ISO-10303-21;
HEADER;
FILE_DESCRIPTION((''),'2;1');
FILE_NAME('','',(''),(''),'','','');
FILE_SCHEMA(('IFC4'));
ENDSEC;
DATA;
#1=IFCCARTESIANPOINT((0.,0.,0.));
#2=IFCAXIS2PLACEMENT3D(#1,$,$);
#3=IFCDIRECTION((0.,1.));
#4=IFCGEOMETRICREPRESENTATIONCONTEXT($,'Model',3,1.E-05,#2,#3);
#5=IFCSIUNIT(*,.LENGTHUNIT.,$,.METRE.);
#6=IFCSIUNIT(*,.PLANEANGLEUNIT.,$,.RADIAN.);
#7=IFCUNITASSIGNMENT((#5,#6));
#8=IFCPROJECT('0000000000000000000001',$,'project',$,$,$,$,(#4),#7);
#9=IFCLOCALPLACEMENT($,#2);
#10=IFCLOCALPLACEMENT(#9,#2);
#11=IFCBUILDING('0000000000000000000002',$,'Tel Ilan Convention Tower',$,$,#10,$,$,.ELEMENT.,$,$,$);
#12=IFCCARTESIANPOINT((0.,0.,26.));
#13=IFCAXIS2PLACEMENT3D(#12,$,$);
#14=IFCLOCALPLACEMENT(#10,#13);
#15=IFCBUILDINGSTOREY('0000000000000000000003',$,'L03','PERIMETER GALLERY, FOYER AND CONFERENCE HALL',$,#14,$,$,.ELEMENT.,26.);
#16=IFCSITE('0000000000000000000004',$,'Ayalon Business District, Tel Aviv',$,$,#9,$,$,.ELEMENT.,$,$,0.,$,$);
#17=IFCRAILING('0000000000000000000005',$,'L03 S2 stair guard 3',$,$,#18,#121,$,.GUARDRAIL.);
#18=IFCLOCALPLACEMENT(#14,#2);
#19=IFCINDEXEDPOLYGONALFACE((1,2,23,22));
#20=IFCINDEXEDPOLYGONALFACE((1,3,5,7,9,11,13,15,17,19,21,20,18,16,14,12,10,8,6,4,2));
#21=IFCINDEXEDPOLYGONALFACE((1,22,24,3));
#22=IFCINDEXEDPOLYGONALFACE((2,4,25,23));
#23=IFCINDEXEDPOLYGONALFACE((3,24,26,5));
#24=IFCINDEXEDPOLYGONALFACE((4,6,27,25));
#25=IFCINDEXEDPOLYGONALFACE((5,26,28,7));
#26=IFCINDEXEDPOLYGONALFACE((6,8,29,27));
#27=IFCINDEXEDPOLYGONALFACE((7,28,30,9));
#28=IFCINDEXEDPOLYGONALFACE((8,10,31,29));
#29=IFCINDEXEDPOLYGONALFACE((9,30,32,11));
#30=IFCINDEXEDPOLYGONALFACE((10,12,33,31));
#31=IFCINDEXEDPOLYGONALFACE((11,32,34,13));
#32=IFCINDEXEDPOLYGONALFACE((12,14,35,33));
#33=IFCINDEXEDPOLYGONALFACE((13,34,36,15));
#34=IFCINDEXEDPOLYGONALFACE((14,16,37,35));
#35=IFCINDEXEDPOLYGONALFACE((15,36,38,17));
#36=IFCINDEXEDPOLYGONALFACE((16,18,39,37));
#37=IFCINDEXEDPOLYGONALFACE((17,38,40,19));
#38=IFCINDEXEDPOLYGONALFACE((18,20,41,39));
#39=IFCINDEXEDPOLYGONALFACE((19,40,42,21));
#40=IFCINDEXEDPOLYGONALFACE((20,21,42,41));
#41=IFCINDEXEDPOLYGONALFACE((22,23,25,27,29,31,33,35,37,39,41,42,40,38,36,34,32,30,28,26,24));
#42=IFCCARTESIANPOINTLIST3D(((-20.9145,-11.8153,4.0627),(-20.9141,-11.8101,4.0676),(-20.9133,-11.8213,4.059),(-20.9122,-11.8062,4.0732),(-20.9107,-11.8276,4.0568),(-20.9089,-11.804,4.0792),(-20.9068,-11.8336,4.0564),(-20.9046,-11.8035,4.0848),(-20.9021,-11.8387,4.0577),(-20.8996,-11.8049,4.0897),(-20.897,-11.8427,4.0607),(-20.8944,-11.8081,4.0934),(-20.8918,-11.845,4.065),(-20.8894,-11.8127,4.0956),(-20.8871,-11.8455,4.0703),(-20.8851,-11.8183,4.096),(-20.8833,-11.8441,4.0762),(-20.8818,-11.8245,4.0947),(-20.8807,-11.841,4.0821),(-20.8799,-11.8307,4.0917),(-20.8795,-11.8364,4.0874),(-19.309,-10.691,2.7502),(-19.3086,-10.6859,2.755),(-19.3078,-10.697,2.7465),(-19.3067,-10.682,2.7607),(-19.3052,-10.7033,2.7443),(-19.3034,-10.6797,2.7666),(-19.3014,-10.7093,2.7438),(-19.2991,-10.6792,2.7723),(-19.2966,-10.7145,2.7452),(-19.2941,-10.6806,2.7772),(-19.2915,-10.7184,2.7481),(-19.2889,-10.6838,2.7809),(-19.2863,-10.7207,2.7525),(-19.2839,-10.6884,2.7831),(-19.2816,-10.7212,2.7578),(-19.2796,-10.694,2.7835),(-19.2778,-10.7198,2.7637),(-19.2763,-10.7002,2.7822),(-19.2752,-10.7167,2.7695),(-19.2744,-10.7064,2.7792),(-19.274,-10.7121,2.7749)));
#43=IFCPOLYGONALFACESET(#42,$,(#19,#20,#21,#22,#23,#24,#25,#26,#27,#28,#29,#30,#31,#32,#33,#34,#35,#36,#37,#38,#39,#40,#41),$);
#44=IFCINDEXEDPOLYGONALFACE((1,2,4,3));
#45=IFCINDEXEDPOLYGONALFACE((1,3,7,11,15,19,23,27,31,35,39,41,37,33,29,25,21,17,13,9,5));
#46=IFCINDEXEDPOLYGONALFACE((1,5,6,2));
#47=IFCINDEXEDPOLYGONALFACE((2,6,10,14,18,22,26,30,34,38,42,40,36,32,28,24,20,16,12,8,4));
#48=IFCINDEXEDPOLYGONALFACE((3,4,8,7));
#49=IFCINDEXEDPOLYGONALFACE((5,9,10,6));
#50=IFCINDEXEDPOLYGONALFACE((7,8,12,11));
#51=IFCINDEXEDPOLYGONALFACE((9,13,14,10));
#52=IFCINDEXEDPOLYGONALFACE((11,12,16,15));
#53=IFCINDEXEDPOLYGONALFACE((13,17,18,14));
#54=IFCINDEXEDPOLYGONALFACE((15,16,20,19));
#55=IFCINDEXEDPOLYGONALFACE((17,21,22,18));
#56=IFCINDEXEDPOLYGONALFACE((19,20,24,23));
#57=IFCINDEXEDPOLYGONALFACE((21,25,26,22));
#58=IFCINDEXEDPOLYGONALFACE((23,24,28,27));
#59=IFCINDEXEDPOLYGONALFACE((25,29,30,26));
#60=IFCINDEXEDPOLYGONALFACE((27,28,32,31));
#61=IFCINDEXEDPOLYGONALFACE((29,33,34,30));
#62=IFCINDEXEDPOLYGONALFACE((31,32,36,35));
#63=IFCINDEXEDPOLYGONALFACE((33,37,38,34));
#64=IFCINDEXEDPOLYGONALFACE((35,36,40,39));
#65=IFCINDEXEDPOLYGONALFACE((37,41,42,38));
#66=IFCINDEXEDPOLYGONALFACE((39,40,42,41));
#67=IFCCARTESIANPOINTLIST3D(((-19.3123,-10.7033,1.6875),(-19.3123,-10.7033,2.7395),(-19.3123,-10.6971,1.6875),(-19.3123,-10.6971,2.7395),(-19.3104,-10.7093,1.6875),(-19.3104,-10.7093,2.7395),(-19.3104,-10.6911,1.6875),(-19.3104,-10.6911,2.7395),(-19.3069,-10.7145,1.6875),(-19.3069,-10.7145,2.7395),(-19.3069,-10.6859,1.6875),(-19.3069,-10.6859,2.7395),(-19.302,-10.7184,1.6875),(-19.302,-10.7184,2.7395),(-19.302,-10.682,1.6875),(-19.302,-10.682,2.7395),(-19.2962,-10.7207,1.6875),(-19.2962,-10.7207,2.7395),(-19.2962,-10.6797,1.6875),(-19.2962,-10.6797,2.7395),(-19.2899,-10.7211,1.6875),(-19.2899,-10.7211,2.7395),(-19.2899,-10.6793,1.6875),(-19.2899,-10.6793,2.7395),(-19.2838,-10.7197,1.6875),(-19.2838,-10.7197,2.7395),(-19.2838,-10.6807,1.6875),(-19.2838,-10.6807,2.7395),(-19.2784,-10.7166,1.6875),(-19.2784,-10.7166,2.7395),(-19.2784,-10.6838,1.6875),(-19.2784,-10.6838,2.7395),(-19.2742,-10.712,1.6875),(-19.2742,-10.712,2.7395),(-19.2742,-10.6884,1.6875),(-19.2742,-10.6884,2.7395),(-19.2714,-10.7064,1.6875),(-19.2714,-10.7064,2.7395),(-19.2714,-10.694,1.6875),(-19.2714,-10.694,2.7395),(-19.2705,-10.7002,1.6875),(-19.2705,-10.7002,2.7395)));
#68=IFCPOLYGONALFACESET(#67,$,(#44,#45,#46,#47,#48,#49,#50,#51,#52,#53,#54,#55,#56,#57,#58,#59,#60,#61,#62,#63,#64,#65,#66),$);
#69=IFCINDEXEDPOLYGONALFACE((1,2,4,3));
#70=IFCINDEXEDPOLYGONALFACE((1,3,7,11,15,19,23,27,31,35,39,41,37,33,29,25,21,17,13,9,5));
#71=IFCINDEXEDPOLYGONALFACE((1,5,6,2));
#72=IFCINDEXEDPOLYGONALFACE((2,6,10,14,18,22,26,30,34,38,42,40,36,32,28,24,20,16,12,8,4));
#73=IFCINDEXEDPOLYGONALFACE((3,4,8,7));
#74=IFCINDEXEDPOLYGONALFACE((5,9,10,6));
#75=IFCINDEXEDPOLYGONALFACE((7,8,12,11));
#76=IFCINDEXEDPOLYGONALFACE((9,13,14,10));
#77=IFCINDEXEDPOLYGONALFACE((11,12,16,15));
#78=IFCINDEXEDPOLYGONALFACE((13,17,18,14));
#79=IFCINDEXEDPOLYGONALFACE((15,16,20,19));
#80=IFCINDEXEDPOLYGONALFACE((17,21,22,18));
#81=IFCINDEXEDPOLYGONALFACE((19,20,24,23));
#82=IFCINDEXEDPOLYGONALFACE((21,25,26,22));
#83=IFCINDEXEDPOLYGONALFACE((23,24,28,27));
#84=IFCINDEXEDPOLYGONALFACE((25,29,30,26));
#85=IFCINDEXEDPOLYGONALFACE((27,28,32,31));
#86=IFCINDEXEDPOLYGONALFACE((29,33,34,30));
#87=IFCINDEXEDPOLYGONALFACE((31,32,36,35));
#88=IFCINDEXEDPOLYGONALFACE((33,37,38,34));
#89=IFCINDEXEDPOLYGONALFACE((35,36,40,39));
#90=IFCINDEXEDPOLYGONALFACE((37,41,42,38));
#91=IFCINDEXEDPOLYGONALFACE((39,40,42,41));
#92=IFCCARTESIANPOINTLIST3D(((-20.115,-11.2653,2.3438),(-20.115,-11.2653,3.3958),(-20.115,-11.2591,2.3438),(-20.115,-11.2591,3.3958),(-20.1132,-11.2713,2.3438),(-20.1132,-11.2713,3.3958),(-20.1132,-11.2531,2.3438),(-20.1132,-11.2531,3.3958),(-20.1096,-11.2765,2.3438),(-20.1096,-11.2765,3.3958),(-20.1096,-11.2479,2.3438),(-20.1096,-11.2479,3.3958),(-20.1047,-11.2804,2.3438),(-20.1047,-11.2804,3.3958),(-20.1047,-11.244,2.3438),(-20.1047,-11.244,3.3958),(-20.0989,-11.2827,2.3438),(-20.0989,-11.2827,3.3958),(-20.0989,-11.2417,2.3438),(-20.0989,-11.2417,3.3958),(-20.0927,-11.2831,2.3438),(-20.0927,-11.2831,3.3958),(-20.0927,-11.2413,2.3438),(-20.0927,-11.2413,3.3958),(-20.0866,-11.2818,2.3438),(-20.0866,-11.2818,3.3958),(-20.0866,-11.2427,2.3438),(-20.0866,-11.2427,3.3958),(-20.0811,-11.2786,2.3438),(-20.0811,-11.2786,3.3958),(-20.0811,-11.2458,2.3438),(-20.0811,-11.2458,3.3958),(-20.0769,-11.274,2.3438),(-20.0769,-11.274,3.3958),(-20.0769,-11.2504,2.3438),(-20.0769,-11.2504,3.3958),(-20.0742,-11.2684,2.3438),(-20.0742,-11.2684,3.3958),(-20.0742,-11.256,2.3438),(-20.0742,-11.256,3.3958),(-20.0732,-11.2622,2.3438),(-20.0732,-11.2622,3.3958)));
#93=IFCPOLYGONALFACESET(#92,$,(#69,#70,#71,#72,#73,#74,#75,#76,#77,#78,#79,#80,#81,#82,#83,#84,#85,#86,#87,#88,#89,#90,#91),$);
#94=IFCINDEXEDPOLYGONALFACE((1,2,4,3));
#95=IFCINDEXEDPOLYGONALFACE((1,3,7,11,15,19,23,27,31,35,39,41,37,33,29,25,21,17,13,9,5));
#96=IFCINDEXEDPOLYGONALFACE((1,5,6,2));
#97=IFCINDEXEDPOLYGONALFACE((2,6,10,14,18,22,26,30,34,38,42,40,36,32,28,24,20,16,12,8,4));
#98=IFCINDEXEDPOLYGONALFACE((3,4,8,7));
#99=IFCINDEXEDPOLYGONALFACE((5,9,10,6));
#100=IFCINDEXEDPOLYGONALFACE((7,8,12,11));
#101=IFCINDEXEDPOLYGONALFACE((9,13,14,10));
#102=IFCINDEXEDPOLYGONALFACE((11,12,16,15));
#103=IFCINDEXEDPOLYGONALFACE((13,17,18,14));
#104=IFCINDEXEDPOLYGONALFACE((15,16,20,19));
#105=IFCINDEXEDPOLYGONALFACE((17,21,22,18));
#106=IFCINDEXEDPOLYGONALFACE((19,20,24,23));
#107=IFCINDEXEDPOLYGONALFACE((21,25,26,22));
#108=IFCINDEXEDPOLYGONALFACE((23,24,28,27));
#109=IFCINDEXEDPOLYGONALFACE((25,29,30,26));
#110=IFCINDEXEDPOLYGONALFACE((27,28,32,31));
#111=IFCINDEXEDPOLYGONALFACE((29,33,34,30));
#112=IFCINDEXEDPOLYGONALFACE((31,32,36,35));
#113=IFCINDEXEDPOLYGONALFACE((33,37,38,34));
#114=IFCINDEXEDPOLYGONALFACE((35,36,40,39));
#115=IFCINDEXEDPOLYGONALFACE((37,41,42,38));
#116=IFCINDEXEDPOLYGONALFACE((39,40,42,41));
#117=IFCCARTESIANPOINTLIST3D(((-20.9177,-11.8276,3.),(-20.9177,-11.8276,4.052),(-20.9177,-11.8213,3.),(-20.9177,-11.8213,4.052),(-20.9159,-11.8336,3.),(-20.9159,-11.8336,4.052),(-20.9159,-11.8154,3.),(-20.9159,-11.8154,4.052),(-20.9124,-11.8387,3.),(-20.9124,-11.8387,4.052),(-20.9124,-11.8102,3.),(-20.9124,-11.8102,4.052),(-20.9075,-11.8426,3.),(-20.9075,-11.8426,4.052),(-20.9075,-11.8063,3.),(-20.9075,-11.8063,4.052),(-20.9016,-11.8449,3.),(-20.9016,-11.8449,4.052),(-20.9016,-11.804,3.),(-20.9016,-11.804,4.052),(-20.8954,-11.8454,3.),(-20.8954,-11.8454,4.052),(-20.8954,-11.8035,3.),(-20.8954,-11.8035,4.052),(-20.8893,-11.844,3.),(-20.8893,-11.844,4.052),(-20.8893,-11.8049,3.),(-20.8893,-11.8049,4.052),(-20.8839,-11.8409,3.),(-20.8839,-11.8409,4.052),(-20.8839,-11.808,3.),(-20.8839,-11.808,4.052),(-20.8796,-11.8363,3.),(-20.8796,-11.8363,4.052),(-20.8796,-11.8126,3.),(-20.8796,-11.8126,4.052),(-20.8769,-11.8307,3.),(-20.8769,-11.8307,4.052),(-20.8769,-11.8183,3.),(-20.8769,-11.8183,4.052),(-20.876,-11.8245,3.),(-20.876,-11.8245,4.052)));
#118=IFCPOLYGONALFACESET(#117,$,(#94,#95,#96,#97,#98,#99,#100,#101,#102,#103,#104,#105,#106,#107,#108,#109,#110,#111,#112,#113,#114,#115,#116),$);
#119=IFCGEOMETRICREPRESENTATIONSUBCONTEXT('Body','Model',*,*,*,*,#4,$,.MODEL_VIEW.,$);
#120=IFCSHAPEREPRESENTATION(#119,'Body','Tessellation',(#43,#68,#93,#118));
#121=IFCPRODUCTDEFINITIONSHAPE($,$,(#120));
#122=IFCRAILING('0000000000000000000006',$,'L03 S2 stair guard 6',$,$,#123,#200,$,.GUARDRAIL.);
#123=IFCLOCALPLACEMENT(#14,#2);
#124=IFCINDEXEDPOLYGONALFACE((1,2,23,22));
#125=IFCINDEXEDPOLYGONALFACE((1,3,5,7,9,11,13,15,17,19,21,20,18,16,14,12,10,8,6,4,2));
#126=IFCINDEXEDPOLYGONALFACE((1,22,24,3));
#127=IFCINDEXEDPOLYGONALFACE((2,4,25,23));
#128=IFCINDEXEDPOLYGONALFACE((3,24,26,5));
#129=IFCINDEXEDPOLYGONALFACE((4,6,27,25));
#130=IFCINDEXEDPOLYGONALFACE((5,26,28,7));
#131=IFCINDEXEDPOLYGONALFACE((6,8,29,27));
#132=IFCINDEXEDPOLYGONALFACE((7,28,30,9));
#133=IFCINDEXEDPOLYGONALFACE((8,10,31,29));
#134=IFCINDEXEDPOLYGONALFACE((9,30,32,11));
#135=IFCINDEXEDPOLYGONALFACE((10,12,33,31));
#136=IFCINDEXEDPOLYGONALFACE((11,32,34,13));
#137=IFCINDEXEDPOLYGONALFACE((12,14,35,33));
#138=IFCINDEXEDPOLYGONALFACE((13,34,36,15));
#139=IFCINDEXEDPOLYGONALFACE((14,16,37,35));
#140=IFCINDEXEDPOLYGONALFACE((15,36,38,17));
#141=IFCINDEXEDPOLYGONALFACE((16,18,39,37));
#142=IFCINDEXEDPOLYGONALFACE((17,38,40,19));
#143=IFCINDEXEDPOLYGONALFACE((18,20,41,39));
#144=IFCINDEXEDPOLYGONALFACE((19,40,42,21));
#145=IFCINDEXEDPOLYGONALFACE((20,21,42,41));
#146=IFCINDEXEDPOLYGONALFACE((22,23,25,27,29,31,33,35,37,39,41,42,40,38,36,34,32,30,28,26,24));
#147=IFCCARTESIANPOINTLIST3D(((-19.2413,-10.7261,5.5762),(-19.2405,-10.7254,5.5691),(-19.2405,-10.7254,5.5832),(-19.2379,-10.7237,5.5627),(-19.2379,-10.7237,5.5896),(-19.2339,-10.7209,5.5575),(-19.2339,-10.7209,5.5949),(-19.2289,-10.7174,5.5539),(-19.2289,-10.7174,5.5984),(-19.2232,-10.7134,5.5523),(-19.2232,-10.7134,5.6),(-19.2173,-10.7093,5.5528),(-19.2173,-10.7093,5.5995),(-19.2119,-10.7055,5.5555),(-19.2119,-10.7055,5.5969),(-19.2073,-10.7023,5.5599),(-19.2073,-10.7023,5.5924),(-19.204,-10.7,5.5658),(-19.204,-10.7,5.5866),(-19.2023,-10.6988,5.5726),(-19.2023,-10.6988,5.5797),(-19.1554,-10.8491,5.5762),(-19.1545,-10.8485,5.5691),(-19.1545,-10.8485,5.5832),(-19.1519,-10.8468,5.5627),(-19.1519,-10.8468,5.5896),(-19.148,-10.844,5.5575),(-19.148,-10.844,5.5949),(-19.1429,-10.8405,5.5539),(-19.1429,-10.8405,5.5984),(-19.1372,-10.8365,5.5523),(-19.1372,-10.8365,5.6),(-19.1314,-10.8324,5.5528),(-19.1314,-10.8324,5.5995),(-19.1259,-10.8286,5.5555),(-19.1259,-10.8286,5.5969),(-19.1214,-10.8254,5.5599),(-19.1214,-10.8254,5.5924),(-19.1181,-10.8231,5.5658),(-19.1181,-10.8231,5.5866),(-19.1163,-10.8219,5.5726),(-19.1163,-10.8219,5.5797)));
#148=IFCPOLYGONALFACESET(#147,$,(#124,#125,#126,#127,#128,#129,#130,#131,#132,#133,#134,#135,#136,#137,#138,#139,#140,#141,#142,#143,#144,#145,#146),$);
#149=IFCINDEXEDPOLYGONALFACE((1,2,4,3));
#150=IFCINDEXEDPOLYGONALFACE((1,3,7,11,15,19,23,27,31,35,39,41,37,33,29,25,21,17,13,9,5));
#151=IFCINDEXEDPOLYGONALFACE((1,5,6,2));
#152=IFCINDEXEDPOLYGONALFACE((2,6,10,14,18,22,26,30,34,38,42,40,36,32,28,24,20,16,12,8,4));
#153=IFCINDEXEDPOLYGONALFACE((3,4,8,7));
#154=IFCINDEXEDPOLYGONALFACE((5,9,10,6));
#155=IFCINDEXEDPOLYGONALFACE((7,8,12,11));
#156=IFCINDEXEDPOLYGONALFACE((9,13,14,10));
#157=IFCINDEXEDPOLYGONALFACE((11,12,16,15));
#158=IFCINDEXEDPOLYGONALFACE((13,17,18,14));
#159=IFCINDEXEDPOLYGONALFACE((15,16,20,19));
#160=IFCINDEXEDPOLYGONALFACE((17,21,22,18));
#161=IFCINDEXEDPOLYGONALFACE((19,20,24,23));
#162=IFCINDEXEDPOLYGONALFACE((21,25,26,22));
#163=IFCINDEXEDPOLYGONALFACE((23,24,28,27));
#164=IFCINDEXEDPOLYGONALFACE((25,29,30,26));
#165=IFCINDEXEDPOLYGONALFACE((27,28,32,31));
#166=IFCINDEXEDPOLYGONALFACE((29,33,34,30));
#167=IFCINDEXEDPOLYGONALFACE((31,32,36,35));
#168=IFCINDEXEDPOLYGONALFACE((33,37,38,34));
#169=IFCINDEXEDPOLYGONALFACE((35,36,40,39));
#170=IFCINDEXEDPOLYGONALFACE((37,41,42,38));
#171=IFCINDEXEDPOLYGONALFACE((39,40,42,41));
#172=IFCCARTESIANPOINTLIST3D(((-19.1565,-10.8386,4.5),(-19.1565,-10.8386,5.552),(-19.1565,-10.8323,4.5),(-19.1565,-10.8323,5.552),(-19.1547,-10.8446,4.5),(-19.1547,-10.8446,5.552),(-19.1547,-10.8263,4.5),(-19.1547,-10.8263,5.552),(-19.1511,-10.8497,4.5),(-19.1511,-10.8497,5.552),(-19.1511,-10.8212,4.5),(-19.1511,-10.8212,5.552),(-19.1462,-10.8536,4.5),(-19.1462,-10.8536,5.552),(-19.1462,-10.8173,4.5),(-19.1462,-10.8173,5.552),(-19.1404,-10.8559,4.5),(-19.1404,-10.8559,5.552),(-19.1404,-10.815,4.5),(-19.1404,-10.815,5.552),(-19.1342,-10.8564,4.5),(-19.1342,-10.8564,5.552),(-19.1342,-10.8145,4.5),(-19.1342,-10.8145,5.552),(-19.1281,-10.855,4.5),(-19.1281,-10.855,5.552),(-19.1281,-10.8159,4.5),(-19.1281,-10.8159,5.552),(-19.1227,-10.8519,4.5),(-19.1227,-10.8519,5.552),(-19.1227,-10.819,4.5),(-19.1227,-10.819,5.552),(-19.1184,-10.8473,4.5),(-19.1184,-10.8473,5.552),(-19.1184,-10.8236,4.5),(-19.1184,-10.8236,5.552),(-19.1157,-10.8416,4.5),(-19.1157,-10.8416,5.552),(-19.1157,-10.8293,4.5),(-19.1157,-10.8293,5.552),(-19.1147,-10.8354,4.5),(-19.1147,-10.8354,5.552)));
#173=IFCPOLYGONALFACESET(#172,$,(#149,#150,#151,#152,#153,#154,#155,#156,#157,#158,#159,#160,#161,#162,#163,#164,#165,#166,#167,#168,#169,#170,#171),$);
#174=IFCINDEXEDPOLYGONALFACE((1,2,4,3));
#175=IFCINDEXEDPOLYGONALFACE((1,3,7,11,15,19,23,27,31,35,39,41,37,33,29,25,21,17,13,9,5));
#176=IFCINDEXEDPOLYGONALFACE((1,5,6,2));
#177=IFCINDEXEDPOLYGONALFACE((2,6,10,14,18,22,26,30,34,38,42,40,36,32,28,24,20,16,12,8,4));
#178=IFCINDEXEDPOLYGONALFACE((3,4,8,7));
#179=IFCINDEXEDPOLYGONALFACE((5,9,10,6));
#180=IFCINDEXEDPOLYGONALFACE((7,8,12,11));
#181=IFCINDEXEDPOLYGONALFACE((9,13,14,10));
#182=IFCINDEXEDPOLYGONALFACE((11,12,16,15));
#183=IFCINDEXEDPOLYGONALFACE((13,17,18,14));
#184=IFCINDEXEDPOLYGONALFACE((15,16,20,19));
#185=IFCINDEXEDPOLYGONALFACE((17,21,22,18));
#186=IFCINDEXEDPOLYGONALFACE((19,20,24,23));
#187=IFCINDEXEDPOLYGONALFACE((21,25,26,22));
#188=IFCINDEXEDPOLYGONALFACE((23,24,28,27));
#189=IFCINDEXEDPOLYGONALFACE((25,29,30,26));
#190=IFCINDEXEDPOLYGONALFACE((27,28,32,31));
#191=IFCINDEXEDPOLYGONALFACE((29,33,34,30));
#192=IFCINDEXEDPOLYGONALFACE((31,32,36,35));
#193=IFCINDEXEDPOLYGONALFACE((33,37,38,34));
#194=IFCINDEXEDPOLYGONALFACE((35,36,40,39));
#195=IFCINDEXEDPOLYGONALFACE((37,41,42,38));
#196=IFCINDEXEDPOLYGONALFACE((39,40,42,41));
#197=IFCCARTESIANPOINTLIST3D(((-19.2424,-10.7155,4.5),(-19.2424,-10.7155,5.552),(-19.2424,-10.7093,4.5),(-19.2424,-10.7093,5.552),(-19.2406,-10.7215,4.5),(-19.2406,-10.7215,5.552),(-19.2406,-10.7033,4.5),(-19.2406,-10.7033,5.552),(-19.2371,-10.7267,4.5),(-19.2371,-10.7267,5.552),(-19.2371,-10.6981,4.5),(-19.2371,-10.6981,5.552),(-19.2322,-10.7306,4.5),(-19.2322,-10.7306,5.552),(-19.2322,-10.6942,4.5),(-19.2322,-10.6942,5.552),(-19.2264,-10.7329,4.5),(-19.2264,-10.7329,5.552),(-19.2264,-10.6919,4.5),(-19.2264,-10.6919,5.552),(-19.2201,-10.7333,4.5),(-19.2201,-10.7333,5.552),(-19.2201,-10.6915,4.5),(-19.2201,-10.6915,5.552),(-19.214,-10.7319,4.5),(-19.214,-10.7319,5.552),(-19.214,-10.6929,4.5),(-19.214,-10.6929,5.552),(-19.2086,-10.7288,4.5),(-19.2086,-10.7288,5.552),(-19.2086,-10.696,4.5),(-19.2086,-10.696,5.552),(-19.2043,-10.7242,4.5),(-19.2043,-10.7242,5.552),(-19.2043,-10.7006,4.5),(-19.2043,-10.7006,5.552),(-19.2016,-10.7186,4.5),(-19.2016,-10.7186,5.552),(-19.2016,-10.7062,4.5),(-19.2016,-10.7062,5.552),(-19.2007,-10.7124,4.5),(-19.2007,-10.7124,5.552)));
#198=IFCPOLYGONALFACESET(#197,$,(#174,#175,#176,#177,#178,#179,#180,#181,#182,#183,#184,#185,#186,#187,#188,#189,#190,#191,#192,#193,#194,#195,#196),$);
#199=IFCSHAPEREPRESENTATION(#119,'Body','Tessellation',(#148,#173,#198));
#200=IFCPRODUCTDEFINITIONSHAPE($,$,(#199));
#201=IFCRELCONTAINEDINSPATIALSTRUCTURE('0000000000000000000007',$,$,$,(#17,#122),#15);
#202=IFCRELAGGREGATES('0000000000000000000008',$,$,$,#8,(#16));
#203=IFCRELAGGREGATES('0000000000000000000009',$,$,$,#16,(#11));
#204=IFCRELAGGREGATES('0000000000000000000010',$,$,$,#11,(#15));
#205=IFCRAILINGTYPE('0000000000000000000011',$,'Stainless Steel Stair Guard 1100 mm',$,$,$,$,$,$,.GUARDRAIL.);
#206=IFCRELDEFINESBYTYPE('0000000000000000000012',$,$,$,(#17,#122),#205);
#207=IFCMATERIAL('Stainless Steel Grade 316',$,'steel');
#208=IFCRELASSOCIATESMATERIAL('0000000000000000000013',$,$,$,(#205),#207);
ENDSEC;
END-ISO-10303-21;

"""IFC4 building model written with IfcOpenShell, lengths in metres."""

from ifc_helpers import new_model, si_unit, direction, frame, origin, origin_2d, place, context, subcontext, project, spatial, circle, extrude, material, type_object, element, save


model = new_model("IFC4")

# Units and contexts
model_context = context("Model", 3, precision=1e-05, world=origin(), true_north=direction((0.0, 1.0)))
body_context = subcontext(model_context, "Body", "Model", "MODEL_VIEW")
ifc_project = project(units=[si_unit("LENGTHUNIT", "METRE"), si_unit("PLANEANGLEUNIT", "RADIAN")], contexts=[model_context])

# Site, building, storey
site_placement = place(None, origin())
site = spatial("IfcSite", under=ifc_project, at=site_placement, Name="Ayalon Business District, Tel Aviv", CompositionType="ELEMENT", RefElevation=0.0)
building_placement = place(site_placement, origin())
building = spatial("IfcBuilding", under=site, at=building_placement, Name="Tel Ilan Convention Tower", CompositionType="ELEMENT")
storey_placement = place(building_placement, frame((0.0, 0.0, 26.0)))
storey = spatial("IfcBuildingStorey", under=building, at=storey_placement, Name="L03", Description="PERIMETER GALLERY, FOYER AND CONFERENCE HALL", CompositionType="ELEMENT", Elevation=26.0)

# Railings
ifc_material_1 = material(Name="Stainless Steel Grade 316", Category="steel")
railing_type_1 = type_object("IfcRailingType", Name="Stainless Steel Stair Guard 1100 mm", PredefinedType="GUARDRAIL", material=ifc_material_1)
railing_1_placement = place(storey_placement, frame((-19.2915, -10.7002, 1.6875)))
element("IfcRailing", 1, at=railing_1_placement, inside=storey, type_object=railing_type_1, Name="L03 S2 stair guard 3", PredefinedType="GUARDRAIL", context=body_context, shape_type="SweptSolid", body=[
    extrude(circle(Radius=0.0239, at=origin_2d()), frame((0.0, 0.0, 1.0762), z_axis=(-0.680616, -0.476617, 0.556416), x_axis=(0.573613, -0.819127, 0.0)), (0.0, 0.0, 1.0), 2.3589),
    extrude(circle(Radius=0.021, at=origin_2d()), origin(), (0.0, 0.0, 1.0), 1.052),
    extrude(circle(Radius=0.021, at=origin_2d()), frame((-0.8027, -0.562, 0.6562)), (0.0, 0.0, 1.0), 1.052),
    extrude(circle(Radius=0.021, at=origin_2d()), frame((-1.6055, -1.1243, 1.3125)), (0.0, 0.0, 1.0), 1.052),
])
railing_2_placement = place(storey_placement, frame((-19.1357, -10.8354, 4.5)))
element("IfcRailing", 2, at=railing_2_placement, inside=storey, type_object=railing_type_1, Name="L03 S2 stair guard 6", PredefinedType="GUARDRAIL", context=body_context, shape_type="SweptSolid", body=[
    extrude(circle(Radius=0.0239, at=origin_2d()), frame((0.0, 0.0, 1.0762), z_axis=(-0.572589, 0.819843, 0.0), x_axis=(-0.819843, -0.572589, 0.0)), (0.0, 0.0, 1.0), 0.1501),
    extrude(circle(Radius=0.021, at=origin_2d()), origin(), (0.0, 0.0, 1.0), 1.052),
    extrude(circle(Radius=0.021, at=origin_2d()), frame((-0.0859, 0.123, 0.0)), (0.0, 0.0, 1.0), 1.052),
])

save(model, "model.ifc")
